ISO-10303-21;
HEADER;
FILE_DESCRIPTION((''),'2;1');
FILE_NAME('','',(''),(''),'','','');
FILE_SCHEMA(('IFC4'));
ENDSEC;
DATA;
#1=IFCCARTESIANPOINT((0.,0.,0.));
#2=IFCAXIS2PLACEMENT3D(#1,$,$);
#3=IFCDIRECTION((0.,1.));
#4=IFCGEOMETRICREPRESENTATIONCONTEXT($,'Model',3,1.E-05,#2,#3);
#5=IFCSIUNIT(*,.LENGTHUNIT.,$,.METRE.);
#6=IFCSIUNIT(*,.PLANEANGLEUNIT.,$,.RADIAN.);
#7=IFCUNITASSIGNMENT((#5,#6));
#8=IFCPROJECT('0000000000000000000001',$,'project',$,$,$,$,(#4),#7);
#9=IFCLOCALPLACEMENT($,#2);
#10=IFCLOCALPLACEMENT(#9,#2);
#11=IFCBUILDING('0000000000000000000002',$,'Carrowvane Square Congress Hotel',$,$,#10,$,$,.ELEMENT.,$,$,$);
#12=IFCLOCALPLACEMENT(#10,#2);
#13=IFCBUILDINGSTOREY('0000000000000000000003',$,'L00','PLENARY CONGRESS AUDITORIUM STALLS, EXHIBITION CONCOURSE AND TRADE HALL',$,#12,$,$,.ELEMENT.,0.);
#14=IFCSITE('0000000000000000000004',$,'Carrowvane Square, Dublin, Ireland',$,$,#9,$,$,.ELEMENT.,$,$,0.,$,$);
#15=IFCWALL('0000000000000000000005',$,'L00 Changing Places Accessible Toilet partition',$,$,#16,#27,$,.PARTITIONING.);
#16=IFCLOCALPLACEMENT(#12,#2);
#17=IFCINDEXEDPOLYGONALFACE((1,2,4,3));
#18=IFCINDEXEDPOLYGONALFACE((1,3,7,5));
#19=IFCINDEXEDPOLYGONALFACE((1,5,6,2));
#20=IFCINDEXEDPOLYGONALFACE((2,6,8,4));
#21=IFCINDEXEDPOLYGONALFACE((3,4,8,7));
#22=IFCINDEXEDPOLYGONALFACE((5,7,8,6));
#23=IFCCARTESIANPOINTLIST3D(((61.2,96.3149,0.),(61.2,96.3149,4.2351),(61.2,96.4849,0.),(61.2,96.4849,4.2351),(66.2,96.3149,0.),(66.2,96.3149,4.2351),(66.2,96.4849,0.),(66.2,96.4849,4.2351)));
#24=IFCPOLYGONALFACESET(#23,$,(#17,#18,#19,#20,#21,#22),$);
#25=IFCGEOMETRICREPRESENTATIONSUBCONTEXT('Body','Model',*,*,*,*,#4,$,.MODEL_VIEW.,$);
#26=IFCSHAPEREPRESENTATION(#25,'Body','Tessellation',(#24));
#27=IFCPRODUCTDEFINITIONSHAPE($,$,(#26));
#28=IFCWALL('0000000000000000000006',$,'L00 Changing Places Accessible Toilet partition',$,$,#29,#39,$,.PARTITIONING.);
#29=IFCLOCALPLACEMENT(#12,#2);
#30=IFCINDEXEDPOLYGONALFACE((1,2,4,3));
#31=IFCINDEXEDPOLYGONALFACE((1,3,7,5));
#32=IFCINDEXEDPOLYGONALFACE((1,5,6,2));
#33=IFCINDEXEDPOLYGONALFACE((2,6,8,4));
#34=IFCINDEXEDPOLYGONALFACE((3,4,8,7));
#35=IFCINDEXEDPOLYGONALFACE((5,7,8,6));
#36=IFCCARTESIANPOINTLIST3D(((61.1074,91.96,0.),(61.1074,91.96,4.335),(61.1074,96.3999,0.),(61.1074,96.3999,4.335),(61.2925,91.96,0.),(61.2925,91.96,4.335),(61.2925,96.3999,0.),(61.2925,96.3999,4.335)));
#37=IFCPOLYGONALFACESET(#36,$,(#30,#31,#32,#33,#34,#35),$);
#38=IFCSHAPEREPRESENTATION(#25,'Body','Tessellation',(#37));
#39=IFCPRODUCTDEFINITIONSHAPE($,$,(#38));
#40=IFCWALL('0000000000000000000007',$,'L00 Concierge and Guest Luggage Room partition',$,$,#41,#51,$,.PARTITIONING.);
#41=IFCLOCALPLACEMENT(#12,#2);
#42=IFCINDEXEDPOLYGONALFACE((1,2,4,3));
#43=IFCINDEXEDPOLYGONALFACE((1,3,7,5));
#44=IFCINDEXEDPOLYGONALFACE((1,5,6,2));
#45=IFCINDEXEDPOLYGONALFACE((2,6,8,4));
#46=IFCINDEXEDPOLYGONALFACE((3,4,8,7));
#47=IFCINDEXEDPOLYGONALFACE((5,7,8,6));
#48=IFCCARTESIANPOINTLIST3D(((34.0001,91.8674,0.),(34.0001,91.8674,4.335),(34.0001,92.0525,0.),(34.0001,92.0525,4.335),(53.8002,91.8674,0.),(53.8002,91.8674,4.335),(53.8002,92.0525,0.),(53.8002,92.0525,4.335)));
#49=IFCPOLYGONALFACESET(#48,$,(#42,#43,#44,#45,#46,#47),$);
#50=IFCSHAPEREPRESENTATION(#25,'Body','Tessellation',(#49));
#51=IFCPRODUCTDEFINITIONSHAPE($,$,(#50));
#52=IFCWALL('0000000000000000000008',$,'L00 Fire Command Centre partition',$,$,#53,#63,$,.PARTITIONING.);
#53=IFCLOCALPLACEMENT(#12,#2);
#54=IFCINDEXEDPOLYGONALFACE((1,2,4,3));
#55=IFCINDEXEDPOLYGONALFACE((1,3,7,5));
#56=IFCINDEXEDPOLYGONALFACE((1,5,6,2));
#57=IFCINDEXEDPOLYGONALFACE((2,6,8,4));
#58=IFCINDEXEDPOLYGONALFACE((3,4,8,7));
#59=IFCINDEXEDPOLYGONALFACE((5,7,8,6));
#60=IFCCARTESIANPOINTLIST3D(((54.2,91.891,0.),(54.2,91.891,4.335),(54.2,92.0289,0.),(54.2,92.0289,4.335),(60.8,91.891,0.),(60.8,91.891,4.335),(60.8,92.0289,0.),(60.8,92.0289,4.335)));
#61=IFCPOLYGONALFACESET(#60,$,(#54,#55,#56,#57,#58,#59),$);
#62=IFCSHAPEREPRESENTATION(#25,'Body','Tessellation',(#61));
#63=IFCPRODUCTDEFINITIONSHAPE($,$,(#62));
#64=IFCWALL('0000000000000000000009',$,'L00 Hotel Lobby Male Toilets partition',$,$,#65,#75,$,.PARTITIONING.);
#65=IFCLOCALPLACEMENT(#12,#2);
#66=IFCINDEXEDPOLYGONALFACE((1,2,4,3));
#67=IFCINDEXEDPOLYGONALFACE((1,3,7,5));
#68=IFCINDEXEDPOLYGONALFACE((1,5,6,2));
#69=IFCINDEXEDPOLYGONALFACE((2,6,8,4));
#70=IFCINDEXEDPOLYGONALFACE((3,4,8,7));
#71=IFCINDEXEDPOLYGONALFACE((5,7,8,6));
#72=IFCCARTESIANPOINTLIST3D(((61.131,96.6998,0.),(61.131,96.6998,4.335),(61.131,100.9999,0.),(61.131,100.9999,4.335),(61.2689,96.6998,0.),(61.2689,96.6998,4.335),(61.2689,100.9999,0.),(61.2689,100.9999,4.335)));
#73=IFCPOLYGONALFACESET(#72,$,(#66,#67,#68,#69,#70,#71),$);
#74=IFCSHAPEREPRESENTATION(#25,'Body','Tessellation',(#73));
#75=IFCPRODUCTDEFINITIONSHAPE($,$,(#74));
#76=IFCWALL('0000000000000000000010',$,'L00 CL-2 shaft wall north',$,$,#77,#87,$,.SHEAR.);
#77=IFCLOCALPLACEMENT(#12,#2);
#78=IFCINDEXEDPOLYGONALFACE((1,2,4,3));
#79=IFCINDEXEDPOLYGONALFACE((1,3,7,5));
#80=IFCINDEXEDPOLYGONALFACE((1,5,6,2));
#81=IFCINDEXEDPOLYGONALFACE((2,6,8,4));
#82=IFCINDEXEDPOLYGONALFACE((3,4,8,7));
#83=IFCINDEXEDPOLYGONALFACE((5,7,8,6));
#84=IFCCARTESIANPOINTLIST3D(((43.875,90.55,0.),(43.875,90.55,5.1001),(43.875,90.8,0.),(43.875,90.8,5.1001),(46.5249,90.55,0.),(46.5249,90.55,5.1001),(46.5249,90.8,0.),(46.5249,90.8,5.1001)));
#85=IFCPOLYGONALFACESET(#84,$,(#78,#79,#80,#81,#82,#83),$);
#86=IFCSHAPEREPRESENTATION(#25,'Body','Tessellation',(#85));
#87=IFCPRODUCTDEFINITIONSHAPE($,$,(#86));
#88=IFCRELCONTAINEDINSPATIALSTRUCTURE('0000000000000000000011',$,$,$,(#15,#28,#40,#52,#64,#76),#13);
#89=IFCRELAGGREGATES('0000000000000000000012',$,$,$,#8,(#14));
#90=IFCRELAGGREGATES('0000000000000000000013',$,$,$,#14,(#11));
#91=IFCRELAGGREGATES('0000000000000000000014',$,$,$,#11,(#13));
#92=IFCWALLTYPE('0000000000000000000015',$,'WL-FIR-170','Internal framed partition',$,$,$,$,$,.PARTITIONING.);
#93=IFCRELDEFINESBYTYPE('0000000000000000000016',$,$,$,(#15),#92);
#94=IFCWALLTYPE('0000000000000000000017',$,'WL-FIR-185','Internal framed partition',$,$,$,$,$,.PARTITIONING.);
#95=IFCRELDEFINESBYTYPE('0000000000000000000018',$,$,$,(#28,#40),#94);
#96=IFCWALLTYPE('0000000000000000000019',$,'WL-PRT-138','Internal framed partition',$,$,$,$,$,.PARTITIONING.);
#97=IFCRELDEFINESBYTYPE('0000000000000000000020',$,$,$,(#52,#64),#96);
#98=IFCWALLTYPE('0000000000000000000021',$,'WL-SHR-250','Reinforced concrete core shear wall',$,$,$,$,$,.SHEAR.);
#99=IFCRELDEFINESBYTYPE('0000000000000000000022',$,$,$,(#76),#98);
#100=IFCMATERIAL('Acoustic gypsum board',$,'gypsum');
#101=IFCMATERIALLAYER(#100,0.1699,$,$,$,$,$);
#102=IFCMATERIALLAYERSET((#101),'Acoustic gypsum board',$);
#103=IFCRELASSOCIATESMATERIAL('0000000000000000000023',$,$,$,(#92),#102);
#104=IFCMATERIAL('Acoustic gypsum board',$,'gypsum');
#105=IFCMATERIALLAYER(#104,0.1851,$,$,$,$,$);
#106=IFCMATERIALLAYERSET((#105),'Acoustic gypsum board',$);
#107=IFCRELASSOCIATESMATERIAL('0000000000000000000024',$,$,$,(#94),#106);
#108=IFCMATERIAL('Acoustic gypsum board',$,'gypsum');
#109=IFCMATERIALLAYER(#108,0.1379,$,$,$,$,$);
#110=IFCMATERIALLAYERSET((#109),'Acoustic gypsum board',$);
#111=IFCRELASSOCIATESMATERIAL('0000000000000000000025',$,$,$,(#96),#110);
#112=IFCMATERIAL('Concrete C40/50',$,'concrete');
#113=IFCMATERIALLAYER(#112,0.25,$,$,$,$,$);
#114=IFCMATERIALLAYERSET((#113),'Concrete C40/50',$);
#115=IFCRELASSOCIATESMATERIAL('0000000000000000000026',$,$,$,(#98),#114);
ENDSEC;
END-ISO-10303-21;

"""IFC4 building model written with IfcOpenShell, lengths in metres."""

from ifc_helpers import new_model, si_unit, direction, frame, frame_2d, origin, place, context, subcontext, project, spatial, rectangle, extrude, material, layer, layer_set, type_object, element, save


model = new_model("IFC4")

# Units and contexts
model_context = context("Model", 3, precision=1e-05, world=origin(), true_north=direction((0.0, 1.0)))
body_context = subcontext(model_context, "Body", "Model", "MODEL_VIEW")
ifc_project = project(units=[si_unit("LENGTHUNIT", "METRE"), si_unit("PLANEANGLEUNIT", "RADIAN")], contexts=[model_context])

# Site, building, storey
site_placement = place(None, origin())
site = spatial("IfcSite", under=ifc_project, at=site_placement, Name="Carrowvane Square, Dublin, Ireland", CompositionType="ELEMENT", RefElevation=0.0)
building_placement = place(site_placement, origin())
building = spatial("IfcBuilding", under=site, at=building_placement, Name="Carrowvane Square Congress Hotel", CompositionType="ELEMENT")
storey_placement = place(building_placement, origin())
storey = spatial("IfcBuildingStorey", under=building, at=storey_placement, Name="L00", Description="PLENARY CONGRESS AUDITORIUM STALLS, EXHIBITION CONCOURSE AND TRADE HALL", CompositionType="ELEMENT", Elevation=0.0)

# Walls
ifc_material_1 = material(Name="Acoustic gypsum board", Category="gypsum")
ifc_layer_1 = layer(ifc_material_1, 0.1699)
ifc_layer_set_1 = layer_set([ifc_layer_1], Name="Acoustic gypsum board")
wall_type_1 = type_object("IfcWallType", Name="WL-FIR-170", Description="Internal framed partition", PredefinedType="PARTITIONING", material=ifc_layer_set_1)
wall_1_placement = place(storey_placement, frame((61.2, 96.3999, 0.0), z_axis=(0.0, 0.0, 1.0), x_axis=(1.0, 0.0, 0.0)))
element("IfcWall", 1, at=wall_1_placement, inside=storey, type_object=wall_type_1, Name="L00 Changing Places Accessible Toilet partition", PredefinedType="PARTITIONING", context=body_context, shape_type="SweptSolid", body=[
    extrude(rectangle(XDim=5.0, YDim=0.1699, at=frame_2d((2.5, 0.0))), origin(), (0.0, 0.0, 1.0), 4.2351),
])
ifc_material_2 = material(Name="Acoustic gypsum board", Category="gypsum")
ifc_layer_2 = layer(ifc_material_2, 0.1851)
ifc_layer_set_2 = layer_set([ifc_layer_2], Name="Acoustic gypsum board")
wall_type_2 = type_object("IfcWallType", Name="WL-FIR-185", Description="Internal framed partition", PredefinedType="PARTITIONING", material=ifc_layer_set_2)
wall_2_placement = place(storey_placement, frame((61.2, 91.96, 0.0), z_axis=(0.0, 0.0, 1.0), x_axis=(0.0, 1.0, 0.0)))
element("IfcWall", 2, at=wall_2_placement, inside=storey, type_object=wall_type_2, Name="L00 Changing Places Accessible Toilet partition", PredefinedType="PARTITIONING", context=body_context, shape_type="SweptSolid", body=[
    extrude(rectangle(XDim=4.4399, YDim=0.1851, at=frame_2d((2.22, 0.0))), origin(), (0.0, 0.0, 1.0), 4.335),
])
wall_3_placement = place(storey_placement, frame((53.8, 91.96, 0.0), z_axis=(0.0, 0.0, 1.0), x_axis=(-1.0, 0.0, 0.0)))
element("IfcWall", 3, at=wall_3_placement, inside=storey, type_object=wall_type_2, Name="L00 Concierge and Guest Luggage Room partition", PredefinedType="PARTITIONING", context=body_context, shape_type="SweptSolid", body=[
    extrude(rectangle(XDim=19.8, YDim=0.1851, at=frame_2d((9.8999, 0.0))), origin(), (0.0, 0.0, 1.0), 4.335),
])
ifc_material_3 = material(Name="Acoustic gypsum board", Category="gypsum")
ifc_layer_3 = layer(ifc_material_3, 0.1379)
ifc_layer_set_3 = layer_set([ifc_layer_3], Name="Acoustic gypsum board")
wall_type_3 = type_object("IfcWallType", Name="WL-PRT-138", Description="Internal framed partition", PredefinedType="PARTITIONING", material=ifc_layer_set_3)
wall_4_placement = place(storey_placement, frame((60.8, 91.96, 0.0), z_axis=(0.0, 0.0, 1.0), x_axis=(-1.0, 0.0, 0.0)))
element("IfcWall", 4, at=wall_4_placement, inside=storey, type_object=wall_type_3, Name="L00 Fire Command Centre partition", PredefinedType="PARTITIONING", context=body_context, shape_type="SweptSolid", body=[
    extrude(rectangle(XDim=6.6001, YDim=0.1379, at=frame_2d((3.3, 0.0))), origin(), (0.0, 0.0, 1.0), 4.335),
])
wall_5_placement = place(storey_placement, frame((61.2, 96.7, 0.0), z_axis=(0.0, 0.0, 1.0), x_axis=(0.0, 1.0, 0.0)))
element("IfcWall", 5, at=wall_5_placement, inside=storey, type_object=wall_type_3, Name="L00 Hotel Lobby Male Toilets partition", PredefinedType="PARTITIONING", context=body_context, shape_type="SweptSolid", body=[
    extrude(rectangle(XDim=4.3, YDim=0.1379, at=frame_2d((2.1499, 0.0))), origin(), (0.0, 0.0, 1.0), 4.335),
])
ifc_material_4 = material(Name="Concrete C40/50", Category="concrete")
ifc_layer_4 = layer(ifc_material_4, 0.25)
ifc_layer_set_4 = layer_set([ifc_layer_4], Name="Concrete C40/50")
wall_type_4 = type_object("IfcWallType", Name="WL-SHR-250", Description="Reinforced concrete core shear wall", PredefinedType="SHEAR", material=ifc_layer_set_4)
wall_6_placement = place(storey_placement, frame((46.5249, 90.675, 0.0), z_axis=(0.0, 0.0, 1.0), x_axis=(-1.0, 0.0, 0.0)))
element("IfcWall", 6, at=wall_6_placement, inside=storey, type_object=wall_type_4, Name="L00 CL-2 shaft wall north", PredefinedType="SHEAR", context=body_context, shape_type="SweptSolid", body=[
    extrude(rectangle(XDim=2.6499, YDim=0.25, at=frame_2d((1.325, 0.0))), origin(), (0.0, 0.0, 1.0), 5.1001),
])

save(model, "model.ifc")
